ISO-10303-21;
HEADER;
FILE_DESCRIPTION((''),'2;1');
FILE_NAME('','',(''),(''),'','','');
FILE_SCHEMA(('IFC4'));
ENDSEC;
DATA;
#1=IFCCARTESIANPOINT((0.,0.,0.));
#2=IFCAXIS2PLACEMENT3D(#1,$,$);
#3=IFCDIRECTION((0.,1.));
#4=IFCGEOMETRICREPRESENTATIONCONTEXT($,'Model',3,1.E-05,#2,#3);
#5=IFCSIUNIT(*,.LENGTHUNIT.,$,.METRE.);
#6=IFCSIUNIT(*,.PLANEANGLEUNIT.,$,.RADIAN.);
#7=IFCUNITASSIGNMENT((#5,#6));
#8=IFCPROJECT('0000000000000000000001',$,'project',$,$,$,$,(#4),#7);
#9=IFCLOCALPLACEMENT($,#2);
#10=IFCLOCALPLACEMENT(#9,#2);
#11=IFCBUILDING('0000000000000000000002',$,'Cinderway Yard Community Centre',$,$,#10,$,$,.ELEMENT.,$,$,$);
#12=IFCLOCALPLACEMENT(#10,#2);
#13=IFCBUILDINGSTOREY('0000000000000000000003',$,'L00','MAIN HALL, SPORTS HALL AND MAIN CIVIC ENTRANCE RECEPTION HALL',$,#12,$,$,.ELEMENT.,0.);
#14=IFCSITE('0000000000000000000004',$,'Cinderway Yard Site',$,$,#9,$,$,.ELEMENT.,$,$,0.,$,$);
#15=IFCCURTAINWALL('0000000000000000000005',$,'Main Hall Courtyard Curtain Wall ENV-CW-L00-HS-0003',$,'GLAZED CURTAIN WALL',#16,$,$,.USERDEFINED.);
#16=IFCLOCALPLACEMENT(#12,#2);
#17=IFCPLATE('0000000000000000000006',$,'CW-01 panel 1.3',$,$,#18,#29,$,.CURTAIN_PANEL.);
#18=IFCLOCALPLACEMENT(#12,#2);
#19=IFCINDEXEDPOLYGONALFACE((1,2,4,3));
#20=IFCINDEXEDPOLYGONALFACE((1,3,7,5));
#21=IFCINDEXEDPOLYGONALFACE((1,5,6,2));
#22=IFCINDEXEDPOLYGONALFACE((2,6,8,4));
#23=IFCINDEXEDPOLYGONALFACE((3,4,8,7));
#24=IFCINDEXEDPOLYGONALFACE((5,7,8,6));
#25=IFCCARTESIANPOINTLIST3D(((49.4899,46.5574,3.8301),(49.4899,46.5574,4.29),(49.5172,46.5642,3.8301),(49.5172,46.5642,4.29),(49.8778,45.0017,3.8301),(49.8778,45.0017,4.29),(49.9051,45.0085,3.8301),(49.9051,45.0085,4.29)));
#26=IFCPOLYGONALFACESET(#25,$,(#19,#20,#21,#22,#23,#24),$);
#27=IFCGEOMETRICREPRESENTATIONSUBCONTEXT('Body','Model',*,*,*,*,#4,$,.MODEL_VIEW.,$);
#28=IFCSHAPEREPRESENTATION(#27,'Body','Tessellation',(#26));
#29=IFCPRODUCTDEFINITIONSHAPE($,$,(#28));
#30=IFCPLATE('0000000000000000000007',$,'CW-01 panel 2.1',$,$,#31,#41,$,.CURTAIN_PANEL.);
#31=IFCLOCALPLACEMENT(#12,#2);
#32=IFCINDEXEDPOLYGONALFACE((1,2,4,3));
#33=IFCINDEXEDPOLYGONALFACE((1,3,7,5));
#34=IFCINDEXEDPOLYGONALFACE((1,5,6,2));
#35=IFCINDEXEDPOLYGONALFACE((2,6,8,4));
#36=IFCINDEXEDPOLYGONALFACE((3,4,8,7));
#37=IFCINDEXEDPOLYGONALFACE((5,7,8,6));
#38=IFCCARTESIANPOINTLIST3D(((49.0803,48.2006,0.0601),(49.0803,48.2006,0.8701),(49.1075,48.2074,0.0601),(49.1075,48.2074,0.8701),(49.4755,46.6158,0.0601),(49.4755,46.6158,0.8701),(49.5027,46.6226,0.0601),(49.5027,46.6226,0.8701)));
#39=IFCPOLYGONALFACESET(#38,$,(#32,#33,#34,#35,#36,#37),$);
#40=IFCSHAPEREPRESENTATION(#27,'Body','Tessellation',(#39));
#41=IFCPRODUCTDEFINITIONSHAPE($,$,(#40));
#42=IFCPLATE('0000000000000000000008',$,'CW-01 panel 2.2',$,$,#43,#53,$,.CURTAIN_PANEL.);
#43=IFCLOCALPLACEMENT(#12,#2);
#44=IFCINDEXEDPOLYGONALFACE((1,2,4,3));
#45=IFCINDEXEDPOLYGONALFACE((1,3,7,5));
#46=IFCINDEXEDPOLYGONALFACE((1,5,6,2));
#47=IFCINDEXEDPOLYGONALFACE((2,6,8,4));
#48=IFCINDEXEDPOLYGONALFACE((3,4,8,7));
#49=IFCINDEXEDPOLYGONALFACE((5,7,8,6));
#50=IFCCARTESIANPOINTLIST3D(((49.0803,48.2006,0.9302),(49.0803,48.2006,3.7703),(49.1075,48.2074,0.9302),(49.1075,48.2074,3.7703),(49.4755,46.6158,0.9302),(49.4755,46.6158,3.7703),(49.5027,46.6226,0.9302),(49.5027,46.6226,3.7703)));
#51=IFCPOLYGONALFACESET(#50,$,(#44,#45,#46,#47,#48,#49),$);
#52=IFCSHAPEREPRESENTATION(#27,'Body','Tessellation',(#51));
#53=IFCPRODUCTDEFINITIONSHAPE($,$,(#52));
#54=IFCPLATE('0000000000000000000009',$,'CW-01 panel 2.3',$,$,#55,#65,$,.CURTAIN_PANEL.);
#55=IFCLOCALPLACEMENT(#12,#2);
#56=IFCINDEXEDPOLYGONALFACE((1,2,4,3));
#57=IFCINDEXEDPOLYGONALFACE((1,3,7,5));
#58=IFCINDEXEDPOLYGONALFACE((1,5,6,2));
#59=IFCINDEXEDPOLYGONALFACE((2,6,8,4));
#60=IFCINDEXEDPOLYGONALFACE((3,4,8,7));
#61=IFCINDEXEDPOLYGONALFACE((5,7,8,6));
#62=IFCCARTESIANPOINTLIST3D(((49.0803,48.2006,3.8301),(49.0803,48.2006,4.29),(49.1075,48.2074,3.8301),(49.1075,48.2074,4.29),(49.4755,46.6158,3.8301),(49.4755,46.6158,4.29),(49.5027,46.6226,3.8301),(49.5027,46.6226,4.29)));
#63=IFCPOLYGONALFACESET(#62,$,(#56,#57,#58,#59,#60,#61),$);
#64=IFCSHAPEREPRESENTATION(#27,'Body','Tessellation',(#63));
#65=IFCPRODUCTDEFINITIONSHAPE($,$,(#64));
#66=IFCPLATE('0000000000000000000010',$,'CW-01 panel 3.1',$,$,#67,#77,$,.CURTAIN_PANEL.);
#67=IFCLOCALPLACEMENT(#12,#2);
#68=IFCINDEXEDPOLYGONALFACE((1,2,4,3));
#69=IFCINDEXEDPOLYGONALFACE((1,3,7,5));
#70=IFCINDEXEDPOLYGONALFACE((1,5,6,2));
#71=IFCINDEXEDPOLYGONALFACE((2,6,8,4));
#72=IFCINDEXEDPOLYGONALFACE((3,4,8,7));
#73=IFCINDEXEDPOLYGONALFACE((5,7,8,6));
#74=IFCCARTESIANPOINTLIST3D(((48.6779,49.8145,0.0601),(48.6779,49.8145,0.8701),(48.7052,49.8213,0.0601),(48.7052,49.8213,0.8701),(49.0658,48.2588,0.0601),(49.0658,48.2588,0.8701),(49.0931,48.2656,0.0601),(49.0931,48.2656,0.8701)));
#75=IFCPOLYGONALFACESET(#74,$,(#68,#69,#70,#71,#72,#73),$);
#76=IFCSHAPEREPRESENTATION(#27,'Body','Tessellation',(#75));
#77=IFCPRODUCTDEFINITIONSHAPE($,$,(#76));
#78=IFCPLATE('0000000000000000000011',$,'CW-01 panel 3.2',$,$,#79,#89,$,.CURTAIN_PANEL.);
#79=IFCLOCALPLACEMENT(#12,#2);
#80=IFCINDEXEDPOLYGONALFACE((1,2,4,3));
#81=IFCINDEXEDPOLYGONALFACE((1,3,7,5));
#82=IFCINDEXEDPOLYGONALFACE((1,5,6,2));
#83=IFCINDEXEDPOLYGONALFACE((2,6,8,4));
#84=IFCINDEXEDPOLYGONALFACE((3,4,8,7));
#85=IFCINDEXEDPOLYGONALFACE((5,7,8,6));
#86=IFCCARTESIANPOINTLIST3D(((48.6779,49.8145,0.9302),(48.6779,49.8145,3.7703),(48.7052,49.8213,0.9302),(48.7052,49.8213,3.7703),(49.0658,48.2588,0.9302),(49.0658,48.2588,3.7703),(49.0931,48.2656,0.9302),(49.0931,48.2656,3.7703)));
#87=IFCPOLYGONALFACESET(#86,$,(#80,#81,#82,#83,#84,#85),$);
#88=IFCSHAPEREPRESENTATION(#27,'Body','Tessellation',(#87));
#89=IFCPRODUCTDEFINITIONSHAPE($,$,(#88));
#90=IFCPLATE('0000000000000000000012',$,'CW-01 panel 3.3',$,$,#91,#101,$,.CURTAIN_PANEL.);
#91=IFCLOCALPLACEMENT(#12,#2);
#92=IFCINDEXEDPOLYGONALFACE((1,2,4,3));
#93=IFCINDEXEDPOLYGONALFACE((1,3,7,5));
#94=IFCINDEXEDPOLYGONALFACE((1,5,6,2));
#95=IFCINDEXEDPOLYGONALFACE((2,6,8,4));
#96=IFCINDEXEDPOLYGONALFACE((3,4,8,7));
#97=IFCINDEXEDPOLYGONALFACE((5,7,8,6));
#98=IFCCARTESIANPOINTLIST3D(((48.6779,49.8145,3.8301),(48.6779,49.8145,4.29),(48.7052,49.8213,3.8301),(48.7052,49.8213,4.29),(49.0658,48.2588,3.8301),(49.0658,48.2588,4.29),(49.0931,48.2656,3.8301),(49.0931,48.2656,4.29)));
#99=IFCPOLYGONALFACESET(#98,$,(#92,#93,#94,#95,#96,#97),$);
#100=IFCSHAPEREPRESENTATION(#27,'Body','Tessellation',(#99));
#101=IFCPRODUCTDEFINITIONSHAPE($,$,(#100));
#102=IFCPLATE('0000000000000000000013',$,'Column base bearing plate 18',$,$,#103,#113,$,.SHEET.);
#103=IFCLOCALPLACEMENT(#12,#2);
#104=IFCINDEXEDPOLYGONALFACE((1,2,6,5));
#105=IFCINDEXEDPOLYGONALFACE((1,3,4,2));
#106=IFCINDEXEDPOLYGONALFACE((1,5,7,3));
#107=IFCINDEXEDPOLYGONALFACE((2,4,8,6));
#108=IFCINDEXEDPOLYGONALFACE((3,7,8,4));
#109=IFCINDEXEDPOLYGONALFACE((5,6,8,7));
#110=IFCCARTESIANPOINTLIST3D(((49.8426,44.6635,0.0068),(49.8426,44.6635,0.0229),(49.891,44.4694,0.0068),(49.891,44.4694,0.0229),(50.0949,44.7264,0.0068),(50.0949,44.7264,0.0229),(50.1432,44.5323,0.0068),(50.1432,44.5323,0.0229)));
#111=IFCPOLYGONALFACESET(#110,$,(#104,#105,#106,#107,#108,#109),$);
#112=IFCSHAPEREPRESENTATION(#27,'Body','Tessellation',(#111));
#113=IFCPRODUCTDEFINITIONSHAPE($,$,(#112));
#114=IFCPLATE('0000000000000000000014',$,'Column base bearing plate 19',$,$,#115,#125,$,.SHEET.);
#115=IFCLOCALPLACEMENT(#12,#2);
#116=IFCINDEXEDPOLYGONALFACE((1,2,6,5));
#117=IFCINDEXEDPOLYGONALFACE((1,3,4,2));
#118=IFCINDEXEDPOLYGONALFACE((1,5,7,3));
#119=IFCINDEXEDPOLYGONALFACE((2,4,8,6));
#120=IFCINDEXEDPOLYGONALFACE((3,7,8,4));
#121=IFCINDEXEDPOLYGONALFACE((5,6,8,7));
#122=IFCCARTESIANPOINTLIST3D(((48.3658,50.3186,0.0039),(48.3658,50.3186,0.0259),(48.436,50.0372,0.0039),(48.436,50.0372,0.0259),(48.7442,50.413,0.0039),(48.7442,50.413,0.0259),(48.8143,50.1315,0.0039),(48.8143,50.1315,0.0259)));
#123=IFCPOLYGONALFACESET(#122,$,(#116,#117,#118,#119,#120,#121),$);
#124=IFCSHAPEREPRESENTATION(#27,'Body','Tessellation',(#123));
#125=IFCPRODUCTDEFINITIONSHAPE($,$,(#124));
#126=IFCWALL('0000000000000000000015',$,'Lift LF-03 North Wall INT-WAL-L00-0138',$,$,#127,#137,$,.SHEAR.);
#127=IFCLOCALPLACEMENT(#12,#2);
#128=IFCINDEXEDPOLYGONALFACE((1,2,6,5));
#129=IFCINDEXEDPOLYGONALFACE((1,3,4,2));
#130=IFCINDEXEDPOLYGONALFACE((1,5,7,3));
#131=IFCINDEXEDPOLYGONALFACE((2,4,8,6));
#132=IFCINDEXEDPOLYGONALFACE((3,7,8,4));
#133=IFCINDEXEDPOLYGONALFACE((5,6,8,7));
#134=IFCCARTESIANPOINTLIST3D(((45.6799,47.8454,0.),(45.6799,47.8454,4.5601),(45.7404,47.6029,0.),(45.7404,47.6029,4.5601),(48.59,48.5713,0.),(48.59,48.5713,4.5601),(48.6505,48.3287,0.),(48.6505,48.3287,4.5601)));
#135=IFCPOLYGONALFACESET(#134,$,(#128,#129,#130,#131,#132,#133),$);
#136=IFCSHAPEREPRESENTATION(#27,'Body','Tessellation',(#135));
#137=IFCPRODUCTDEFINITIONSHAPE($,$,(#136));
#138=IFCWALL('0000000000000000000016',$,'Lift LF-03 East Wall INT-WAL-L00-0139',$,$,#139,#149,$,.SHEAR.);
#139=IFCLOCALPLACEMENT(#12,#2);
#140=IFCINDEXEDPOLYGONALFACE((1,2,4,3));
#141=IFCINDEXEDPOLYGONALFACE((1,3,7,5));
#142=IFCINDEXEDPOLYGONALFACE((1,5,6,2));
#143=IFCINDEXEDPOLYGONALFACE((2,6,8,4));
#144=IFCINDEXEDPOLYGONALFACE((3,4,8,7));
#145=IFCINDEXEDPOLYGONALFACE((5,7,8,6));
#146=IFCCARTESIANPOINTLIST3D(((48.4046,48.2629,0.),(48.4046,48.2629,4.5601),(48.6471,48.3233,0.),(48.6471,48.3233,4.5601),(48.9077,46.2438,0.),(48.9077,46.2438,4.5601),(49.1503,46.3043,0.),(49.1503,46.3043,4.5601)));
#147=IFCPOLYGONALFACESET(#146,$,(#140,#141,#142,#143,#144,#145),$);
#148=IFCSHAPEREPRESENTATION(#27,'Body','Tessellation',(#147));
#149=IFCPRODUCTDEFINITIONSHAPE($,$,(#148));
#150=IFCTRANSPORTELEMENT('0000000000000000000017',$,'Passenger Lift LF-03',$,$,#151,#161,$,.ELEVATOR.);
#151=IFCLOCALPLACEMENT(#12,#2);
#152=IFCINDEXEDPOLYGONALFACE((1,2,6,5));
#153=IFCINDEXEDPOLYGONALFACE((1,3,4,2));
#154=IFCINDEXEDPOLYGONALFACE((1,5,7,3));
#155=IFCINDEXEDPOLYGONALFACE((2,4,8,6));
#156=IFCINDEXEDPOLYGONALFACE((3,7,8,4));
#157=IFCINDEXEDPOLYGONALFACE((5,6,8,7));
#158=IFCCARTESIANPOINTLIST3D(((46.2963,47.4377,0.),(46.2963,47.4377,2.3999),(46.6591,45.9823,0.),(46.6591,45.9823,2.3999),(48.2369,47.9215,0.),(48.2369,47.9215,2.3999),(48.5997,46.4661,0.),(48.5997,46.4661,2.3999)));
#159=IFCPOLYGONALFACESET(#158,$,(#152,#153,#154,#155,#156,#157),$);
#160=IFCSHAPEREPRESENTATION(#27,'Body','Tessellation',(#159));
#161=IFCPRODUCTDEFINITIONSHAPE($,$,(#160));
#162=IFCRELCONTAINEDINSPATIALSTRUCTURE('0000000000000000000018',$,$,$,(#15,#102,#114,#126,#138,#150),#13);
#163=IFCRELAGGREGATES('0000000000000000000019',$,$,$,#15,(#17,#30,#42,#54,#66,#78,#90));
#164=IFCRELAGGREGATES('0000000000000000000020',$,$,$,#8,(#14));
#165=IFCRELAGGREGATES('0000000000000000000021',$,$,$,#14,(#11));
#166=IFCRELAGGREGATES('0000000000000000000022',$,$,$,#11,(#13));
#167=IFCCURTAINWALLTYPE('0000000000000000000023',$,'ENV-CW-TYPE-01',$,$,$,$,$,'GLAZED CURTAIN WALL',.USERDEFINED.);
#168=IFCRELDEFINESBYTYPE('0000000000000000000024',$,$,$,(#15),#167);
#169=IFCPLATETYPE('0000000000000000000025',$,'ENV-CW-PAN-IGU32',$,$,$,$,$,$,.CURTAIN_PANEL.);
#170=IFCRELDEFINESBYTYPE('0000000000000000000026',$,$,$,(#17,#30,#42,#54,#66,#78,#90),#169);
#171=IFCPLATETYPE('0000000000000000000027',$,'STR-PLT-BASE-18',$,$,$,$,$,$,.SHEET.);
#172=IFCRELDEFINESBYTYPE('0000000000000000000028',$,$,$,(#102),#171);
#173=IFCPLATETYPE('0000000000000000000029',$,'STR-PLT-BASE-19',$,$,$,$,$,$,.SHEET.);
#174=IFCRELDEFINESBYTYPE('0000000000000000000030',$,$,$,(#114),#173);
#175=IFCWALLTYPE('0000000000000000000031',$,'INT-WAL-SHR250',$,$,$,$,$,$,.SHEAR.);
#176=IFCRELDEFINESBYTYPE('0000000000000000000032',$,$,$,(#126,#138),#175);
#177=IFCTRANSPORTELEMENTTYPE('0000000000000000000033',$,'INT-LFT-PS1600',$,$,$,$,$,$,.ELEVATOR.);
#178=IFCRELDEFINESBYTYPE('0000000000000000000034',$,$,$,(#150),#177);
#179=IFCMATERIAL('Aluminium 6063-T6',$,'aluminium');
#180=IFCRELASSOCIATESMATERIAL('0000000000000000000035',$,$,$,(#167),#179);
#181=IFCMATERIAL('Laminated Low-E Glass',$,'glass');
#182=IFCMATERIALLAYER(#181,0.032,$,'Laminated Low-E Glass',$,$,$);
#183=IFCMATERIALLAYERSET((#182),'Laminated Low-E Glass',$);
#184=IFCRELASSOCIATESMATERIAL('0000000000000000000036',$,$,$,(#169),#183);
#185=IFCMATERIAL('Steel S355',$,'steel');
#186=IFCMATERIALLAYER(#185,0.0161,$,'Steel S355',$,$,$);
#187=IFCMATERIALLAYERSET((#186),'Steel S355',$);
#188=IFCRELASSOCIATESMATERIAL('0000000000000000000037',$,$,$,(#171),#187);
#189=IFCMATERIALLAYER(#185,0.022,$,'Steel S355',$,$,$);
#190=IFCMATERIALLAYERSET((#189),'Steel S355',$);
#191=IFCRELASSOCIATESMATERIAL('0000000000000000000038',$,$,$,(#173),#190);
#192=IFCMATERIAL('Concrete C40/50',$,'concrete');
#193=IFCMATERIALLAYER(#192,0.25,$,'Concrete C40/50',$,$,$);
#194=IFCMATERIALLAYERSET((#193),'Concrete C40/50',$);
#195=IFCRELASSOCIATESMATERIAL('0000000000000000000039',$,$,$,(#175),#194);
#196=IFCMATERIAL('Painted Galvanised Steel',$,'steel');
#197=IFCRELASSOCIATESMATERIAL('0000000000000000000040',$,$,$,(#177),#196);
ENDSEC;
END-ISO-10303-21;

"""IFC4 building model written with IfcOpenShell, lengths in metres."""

from ifc_helpers import new_model, si_unit, direction, frame, frame_2d, origin, origin_2d, place, context, subcontext, project, spatial, rectangle, extrude, material, layer, layer_set, type_object, element, aggregate, save


model = new_model("IFC4")

# Units and contexts
model_context = context("Model", 3, precision=1e-05, world=origin(), true_north=direction((0.0, 1.0)))
body_context = subcontext(model_context, "Body", "Model", "MODEL_VIEW")
ifc_project = project(units=[si_unit("LENGTHUNIT", "METRE"), si_unit("PLANEANGLEUNIT", "RADIAN")], contexts=[model_context])

# Site, building, storey
site_placement = place(None, origin())
site = spatial("IfcSite", under=ifc_project, at=site_placement, Name="Cinderway Yard Site", CompositionType="ELEMENT", RefElevation=0.0)
building_placement = place(site_placement, origin())
building = spatial("IfcBuilding", under=site, at=building_placement, Name="Cinderway Yard Community Centre", CompositionType="ELEMENT")
storey_placement = place(building_placement, origin())
storey = spatial("IfcBuildingStorey", under=building, at=storey_placement, Name="L00", Description="MAIN HALL, SPORTS HALL AND MAIN CIVIC ENTRANCE RECEPTION HALL", CompositionType="ELEMENT", Elevation=0.0)

# Shared definitions
ifc_material_1 = material(Name="Concrete C40/50", Category="concrete")

# Shared definitions
ifc_material_2 = material(Name="Aluminium 6063-T6", Category="aluminium")
curtain_wall_type = type_object("IfcCurtainWallType", Name="ENV-CW-TYPE-01", ElementType="GLAZED CURTAIN WALL", PredefinedType="USERDEFINED", material=ifc_material_2)

# Curtain wall
curtain_wall_1_placement = place(storey_placement, origin())
curtain_wall_1 = element("IfcCurtainWall", 1, at=curtain_wall_1_placement, inside=storey, type_object=curtain_wall_type, Name="Main Hall Courtyard Curtain Wall ENV-CW-L00-HS-0003", ObjectType="GLAZED CURTAIN WALL", PredefinedType="USERDEFINED")

# Plates
ifc_material_3 = material(Name="Laminated Low-E Glass", Category="glass")
ifc_layer_1 = layer(ifc_material_3, 0.032, Name="Laminated Low-E Glass")
ifc_layer_set_1 = layer_set([ifc_layer_1], Name="Laminated Low-E Glass")
plate_type_1 = type_object("IfcPlateType", Name="ENV-CW-PAN-IGU32", PredefinedType="CURTAIN_PANEL", material=ifc_layer_set_1)
plate_1_placement = place(storey_placement, frame((49.6975, 45.783, 3.8301), z_axis=(0.0, 0.0, 1.0), x_axis=(-0.241933, 0.970293, 0.0)))
plate_1 = element("IfcPlate", 2, at=plate_1_placement, type_object=plate_type_1, Name="CW-01 panel 1.3", PredefinedType="CURTAIN_PANEL", context=body_context, shape_type="SweptSolid", body=[
    extrude(rectangle(XDim=1.6033, YDim=0.0281, at=origin_2d()), origin(), (0.0, 0.0, 1.0), 0.46),
])
plate_2_placement = place(storey_placement, frame((49.2915, 47.4116, 0.0601), z_axis=(0.0, 0.0, 1.0), x_axis=(-0.241933, 0.970293, 0.0)))
plate_2 = element("IfcPlate", 3, at=plate_2_placement, type_object=plate_type_1, Name="CW-01 panel 2.1", PredefinedType="CURTAIN_PANEL", context=body_context, shape_type="SweptSolid", body=[
    extrude(rectangle(XDim=1.6333, YDim=0.0281, at=origin_2d()), origin(), (0.0, 0.0, 1.0), 0.8101),
])
plate_3_placement = place(storey_placement, frame((49.2915, 47.4116, 0.9302), z_axis=(0.0, 0.0, 1.0), x_axis=(-0.241933, 0.970293, 0.0)))
plate_3 = element("IfcPlate", 4, at=plate_3_placement, type_object=plate_type_1, Name="CW-01 panel 2.2", PredefinedType="CURTAIN_PANEL", context=body_context, shape_type="SweptSolid", body=[
    extrude(rectangle(XDim=1.6333, YDim=0.0281, at=origin_2d()), origin(), (0.0, 0.0, 1.0), 2.8401),
])
plate_4_placement = place(storey_placement, frame((49.2915, 47.4116, 3.8301), z_axis=(0.0, 0.0, 1.0), x_axis=(-0.241933, 0.970293, 0.0)))
plate_4 = element("IfcPlate", 5, at=plate_4_placement, type_object=plate_type_1, Name="CW-01 panel 2.3", PredefinedType="CURTAIN_PANEL", context=body_context, shape_type="SweptSolid", body=[
    extrude(rectangle(XDim=1.6333, YDim=0.0281, at=origin_2d()), origin(), (0.0, 0.0, 1.0), 0.46),
])
plate_5_placement = place(storey_placement, frame((48.8855, 49.04, 0.0601), z_axis=(0.0, 0.0, 1.0), x_axis=(-0.241933, 0.970293, 0.0)))
plate_5 = element("IfcPlate", 6, at=plate_5_placement, type_object=plate_type_1, Name="CW-01 panel 3.1", PredefinedType="CURTAIN_PANEL", context=body_context, shape_type="SweptSolid", body=[
    extrude(rectangle(XDim=1.6033, YDim=0.0281, at=origin_2d()), origin(), (0.0, 0.0, 1.0), 0.8101),
])
plate_6_placement = place(storey_placement, frame((48.8855, 49.04, 0.9302), z_axis=(0.0, 0.0, 1.0), x_axis=(-0.241933, 0.970293, 0.0)))
plate_6 = element("IfcPlate", 7, at=plate_6_placement, type_object=plate_type_1, Name="CW-01 panel 3.2", PredefinedType="CURTAIN_PANEL", context=body_context, shape_type="SweptSolid", body=[
    extrude(rectangle(XDim=1.6033, YDim=0.0281, at=origin_2d()), origin(), (0.0, 0.0, 1.0), 2.8401),
])
plate_7_placement = place(storey_placement, frame((48.8855, 49.04, 3.8301), z_axis=(0.0, 0.0, 1.0), x_axis=(-0.241933, 0.970293, 0.0)))
plate_7 = element("IfcPlate", 8, at=plate_7_placement, type_object=plate_type_1, Name="CW-01 panel 3.3", PredefinedType="CURTAIN_PANEL", context=body_context, shape_type="SweptSolid", body=[
    extrude(rectangle(XDim=1.6033, YDim=0.0281, at=origin_2d()), origin(), (0.0, 0.0, 1.0), 0.46),
])
aggregate(curtain_wall_1, [plate_1, plate_2, plate_3, plate_4, plate_5, plate_6, plate_7])

# Plates
ifc_material_4 = material(Name="Steel S355", Category="steel")
ifc_layer_2 = layer(ifc_material_4, 0.0161, Name="Steel S355")
ifc_layer_set_2 = layer_set([ifc_layer_2], Name="Steel S355")
plate_type_2 = type_object("IfcPlateType", Name="STR-PLT-BASE-18", PredefinedType="SHEET", material=ifc_layer_set_2)
plate_8_placement = place(storey_placement, frame((49.9929, 44.5979, 0.0068), z_axis=(0.0, 0.0, 1.0), x_axis=(0.970296, 0.241922, 0.0)))
element("IfcPlate", 9, at=plate_8_placement, inside=storey, type_object=plate_type_2, Name="Column base bearing plate 18", PredefinedType="SHEET", context=body_context, shape_type="SweptSolid", body=[
    extrude(rectangle(XDim=0.26, YDim=0.2, at=origin_2d()), origin(), (0.0, 0.0, 1.0), 0.0161),
])
ifc_layer_3 = layer(ifc_material_4, 0.022, Name="Steel S355")
ifc_layer_set_3 = layer_set([ifc_layer_3], Name="Steel S355")
plate_type_3 = type_object("IfcPlateType", Name="STR-PLT-BASE-19", PredefinedType="SHEET", material=ifc_layer_set_3)
plate_9_placement = place(storey_placement, frame((48.5901, 50.2251, 0.0039), z_axis=(0.0, 0.0, 1.0), x_axis=(0.970296, 0.241922, 0.0)))
element("IfcPlate", 10, at=plate_9_placement, inside=storey, type_object=plate_type_3, Name="Column base bearing plate 19", PredefinedType="SHEET", context=body_context, shape_type="SweptSolid", body=[
    extrude(rectangle(XDim=0.3899, YDim=0.29, at=origin_2d()), origin(), (0.0, 0.0, 1.0), 0.022),
])

# Walls
ifc_layer_4 = layer(ifc_material_1, 0.25, Name="Concrete C40/50")
ifc_layer_set_4 = layer_set([ifc_layer_4], Name="Concrete C40/50")
wall_type = type_object("IfcWallType", Name="INT-WAL-SHR250", PredefinedType="SHEAR", material=ifc_layer_set_4)
wall_1_placement = place(storey_placement, frame((48.6201, 48.45, 0.0), z_axis=(0.0, 0.0, 1.0), x_axis=(-0.970276, -0.241999, 0.0)))
element("IfcWall", 11, at=wall_1_placement, inside=storey, type_object=wall_type, Name="Lift LF-03 North Wall INT-WAL-L00-0138", PredefinedType="SHEAR", context=body_context, shape_type="SweptSolid", body=[
    extrude(rectangle(XDim=2.9993, YDim=0.25, at=frame_2d((1.4995, 0.0))), origin(), (0.0, 0.0, 1.0), 4.5601),
])
wall_2_placement = place(storey_placement, frame((49.0291, 46.2739, 0.0), z_axis=(0.0, 0.0, 1.0), x_axis=(-0.241818, 0.970322, 0.0)))
element("IfcWall", 12, at=wall_2_placement, inside=storey, type_object=wall_type, Name="Lift LF-03 East Wall INT-WAL-L00-0139", PredefinedType="SHEAR", context=body_context, shape_type="SweptSolid", body=[
    extrude(rectangle(XDim=2.0808, YDim=0.25, at=frame_2d((1.0405, 0.0))), origin(), (0.0, 0.0, 1.0), 4.5601),
])

# Transport element
ifc_material_5 = material(Name="Painted Galvanised Steel", Category="steel")
transport_element_type = type_object("IfcTransportElementType", Name="INT-LFT-PS1600", PredefinedType="ELEVATOR", material=ifc_material_5)
transport_element_placement = place(storey_placement, frame((47.448, 46.9519, 0.0), z_axis=(0.0, 0.0, 1.0), x_axis=(0.970296, 0.241922, 0.0)))
element("IfcTransportElement", 13, at=transport_element_placement, inside=storey, type_object=transport_element_type, Name="Passenger Lift LF-03", PredefinedType="ELEVATOR", context=body_context, shape_type="SweptSolid", body=[
    extrude(rectangle(XDim=2.0, YDim=1.5, at=origin_2d()), origin(), (0.0, 0.0, 1.0), 2.3999),
])

save(model, "model.ifc")
